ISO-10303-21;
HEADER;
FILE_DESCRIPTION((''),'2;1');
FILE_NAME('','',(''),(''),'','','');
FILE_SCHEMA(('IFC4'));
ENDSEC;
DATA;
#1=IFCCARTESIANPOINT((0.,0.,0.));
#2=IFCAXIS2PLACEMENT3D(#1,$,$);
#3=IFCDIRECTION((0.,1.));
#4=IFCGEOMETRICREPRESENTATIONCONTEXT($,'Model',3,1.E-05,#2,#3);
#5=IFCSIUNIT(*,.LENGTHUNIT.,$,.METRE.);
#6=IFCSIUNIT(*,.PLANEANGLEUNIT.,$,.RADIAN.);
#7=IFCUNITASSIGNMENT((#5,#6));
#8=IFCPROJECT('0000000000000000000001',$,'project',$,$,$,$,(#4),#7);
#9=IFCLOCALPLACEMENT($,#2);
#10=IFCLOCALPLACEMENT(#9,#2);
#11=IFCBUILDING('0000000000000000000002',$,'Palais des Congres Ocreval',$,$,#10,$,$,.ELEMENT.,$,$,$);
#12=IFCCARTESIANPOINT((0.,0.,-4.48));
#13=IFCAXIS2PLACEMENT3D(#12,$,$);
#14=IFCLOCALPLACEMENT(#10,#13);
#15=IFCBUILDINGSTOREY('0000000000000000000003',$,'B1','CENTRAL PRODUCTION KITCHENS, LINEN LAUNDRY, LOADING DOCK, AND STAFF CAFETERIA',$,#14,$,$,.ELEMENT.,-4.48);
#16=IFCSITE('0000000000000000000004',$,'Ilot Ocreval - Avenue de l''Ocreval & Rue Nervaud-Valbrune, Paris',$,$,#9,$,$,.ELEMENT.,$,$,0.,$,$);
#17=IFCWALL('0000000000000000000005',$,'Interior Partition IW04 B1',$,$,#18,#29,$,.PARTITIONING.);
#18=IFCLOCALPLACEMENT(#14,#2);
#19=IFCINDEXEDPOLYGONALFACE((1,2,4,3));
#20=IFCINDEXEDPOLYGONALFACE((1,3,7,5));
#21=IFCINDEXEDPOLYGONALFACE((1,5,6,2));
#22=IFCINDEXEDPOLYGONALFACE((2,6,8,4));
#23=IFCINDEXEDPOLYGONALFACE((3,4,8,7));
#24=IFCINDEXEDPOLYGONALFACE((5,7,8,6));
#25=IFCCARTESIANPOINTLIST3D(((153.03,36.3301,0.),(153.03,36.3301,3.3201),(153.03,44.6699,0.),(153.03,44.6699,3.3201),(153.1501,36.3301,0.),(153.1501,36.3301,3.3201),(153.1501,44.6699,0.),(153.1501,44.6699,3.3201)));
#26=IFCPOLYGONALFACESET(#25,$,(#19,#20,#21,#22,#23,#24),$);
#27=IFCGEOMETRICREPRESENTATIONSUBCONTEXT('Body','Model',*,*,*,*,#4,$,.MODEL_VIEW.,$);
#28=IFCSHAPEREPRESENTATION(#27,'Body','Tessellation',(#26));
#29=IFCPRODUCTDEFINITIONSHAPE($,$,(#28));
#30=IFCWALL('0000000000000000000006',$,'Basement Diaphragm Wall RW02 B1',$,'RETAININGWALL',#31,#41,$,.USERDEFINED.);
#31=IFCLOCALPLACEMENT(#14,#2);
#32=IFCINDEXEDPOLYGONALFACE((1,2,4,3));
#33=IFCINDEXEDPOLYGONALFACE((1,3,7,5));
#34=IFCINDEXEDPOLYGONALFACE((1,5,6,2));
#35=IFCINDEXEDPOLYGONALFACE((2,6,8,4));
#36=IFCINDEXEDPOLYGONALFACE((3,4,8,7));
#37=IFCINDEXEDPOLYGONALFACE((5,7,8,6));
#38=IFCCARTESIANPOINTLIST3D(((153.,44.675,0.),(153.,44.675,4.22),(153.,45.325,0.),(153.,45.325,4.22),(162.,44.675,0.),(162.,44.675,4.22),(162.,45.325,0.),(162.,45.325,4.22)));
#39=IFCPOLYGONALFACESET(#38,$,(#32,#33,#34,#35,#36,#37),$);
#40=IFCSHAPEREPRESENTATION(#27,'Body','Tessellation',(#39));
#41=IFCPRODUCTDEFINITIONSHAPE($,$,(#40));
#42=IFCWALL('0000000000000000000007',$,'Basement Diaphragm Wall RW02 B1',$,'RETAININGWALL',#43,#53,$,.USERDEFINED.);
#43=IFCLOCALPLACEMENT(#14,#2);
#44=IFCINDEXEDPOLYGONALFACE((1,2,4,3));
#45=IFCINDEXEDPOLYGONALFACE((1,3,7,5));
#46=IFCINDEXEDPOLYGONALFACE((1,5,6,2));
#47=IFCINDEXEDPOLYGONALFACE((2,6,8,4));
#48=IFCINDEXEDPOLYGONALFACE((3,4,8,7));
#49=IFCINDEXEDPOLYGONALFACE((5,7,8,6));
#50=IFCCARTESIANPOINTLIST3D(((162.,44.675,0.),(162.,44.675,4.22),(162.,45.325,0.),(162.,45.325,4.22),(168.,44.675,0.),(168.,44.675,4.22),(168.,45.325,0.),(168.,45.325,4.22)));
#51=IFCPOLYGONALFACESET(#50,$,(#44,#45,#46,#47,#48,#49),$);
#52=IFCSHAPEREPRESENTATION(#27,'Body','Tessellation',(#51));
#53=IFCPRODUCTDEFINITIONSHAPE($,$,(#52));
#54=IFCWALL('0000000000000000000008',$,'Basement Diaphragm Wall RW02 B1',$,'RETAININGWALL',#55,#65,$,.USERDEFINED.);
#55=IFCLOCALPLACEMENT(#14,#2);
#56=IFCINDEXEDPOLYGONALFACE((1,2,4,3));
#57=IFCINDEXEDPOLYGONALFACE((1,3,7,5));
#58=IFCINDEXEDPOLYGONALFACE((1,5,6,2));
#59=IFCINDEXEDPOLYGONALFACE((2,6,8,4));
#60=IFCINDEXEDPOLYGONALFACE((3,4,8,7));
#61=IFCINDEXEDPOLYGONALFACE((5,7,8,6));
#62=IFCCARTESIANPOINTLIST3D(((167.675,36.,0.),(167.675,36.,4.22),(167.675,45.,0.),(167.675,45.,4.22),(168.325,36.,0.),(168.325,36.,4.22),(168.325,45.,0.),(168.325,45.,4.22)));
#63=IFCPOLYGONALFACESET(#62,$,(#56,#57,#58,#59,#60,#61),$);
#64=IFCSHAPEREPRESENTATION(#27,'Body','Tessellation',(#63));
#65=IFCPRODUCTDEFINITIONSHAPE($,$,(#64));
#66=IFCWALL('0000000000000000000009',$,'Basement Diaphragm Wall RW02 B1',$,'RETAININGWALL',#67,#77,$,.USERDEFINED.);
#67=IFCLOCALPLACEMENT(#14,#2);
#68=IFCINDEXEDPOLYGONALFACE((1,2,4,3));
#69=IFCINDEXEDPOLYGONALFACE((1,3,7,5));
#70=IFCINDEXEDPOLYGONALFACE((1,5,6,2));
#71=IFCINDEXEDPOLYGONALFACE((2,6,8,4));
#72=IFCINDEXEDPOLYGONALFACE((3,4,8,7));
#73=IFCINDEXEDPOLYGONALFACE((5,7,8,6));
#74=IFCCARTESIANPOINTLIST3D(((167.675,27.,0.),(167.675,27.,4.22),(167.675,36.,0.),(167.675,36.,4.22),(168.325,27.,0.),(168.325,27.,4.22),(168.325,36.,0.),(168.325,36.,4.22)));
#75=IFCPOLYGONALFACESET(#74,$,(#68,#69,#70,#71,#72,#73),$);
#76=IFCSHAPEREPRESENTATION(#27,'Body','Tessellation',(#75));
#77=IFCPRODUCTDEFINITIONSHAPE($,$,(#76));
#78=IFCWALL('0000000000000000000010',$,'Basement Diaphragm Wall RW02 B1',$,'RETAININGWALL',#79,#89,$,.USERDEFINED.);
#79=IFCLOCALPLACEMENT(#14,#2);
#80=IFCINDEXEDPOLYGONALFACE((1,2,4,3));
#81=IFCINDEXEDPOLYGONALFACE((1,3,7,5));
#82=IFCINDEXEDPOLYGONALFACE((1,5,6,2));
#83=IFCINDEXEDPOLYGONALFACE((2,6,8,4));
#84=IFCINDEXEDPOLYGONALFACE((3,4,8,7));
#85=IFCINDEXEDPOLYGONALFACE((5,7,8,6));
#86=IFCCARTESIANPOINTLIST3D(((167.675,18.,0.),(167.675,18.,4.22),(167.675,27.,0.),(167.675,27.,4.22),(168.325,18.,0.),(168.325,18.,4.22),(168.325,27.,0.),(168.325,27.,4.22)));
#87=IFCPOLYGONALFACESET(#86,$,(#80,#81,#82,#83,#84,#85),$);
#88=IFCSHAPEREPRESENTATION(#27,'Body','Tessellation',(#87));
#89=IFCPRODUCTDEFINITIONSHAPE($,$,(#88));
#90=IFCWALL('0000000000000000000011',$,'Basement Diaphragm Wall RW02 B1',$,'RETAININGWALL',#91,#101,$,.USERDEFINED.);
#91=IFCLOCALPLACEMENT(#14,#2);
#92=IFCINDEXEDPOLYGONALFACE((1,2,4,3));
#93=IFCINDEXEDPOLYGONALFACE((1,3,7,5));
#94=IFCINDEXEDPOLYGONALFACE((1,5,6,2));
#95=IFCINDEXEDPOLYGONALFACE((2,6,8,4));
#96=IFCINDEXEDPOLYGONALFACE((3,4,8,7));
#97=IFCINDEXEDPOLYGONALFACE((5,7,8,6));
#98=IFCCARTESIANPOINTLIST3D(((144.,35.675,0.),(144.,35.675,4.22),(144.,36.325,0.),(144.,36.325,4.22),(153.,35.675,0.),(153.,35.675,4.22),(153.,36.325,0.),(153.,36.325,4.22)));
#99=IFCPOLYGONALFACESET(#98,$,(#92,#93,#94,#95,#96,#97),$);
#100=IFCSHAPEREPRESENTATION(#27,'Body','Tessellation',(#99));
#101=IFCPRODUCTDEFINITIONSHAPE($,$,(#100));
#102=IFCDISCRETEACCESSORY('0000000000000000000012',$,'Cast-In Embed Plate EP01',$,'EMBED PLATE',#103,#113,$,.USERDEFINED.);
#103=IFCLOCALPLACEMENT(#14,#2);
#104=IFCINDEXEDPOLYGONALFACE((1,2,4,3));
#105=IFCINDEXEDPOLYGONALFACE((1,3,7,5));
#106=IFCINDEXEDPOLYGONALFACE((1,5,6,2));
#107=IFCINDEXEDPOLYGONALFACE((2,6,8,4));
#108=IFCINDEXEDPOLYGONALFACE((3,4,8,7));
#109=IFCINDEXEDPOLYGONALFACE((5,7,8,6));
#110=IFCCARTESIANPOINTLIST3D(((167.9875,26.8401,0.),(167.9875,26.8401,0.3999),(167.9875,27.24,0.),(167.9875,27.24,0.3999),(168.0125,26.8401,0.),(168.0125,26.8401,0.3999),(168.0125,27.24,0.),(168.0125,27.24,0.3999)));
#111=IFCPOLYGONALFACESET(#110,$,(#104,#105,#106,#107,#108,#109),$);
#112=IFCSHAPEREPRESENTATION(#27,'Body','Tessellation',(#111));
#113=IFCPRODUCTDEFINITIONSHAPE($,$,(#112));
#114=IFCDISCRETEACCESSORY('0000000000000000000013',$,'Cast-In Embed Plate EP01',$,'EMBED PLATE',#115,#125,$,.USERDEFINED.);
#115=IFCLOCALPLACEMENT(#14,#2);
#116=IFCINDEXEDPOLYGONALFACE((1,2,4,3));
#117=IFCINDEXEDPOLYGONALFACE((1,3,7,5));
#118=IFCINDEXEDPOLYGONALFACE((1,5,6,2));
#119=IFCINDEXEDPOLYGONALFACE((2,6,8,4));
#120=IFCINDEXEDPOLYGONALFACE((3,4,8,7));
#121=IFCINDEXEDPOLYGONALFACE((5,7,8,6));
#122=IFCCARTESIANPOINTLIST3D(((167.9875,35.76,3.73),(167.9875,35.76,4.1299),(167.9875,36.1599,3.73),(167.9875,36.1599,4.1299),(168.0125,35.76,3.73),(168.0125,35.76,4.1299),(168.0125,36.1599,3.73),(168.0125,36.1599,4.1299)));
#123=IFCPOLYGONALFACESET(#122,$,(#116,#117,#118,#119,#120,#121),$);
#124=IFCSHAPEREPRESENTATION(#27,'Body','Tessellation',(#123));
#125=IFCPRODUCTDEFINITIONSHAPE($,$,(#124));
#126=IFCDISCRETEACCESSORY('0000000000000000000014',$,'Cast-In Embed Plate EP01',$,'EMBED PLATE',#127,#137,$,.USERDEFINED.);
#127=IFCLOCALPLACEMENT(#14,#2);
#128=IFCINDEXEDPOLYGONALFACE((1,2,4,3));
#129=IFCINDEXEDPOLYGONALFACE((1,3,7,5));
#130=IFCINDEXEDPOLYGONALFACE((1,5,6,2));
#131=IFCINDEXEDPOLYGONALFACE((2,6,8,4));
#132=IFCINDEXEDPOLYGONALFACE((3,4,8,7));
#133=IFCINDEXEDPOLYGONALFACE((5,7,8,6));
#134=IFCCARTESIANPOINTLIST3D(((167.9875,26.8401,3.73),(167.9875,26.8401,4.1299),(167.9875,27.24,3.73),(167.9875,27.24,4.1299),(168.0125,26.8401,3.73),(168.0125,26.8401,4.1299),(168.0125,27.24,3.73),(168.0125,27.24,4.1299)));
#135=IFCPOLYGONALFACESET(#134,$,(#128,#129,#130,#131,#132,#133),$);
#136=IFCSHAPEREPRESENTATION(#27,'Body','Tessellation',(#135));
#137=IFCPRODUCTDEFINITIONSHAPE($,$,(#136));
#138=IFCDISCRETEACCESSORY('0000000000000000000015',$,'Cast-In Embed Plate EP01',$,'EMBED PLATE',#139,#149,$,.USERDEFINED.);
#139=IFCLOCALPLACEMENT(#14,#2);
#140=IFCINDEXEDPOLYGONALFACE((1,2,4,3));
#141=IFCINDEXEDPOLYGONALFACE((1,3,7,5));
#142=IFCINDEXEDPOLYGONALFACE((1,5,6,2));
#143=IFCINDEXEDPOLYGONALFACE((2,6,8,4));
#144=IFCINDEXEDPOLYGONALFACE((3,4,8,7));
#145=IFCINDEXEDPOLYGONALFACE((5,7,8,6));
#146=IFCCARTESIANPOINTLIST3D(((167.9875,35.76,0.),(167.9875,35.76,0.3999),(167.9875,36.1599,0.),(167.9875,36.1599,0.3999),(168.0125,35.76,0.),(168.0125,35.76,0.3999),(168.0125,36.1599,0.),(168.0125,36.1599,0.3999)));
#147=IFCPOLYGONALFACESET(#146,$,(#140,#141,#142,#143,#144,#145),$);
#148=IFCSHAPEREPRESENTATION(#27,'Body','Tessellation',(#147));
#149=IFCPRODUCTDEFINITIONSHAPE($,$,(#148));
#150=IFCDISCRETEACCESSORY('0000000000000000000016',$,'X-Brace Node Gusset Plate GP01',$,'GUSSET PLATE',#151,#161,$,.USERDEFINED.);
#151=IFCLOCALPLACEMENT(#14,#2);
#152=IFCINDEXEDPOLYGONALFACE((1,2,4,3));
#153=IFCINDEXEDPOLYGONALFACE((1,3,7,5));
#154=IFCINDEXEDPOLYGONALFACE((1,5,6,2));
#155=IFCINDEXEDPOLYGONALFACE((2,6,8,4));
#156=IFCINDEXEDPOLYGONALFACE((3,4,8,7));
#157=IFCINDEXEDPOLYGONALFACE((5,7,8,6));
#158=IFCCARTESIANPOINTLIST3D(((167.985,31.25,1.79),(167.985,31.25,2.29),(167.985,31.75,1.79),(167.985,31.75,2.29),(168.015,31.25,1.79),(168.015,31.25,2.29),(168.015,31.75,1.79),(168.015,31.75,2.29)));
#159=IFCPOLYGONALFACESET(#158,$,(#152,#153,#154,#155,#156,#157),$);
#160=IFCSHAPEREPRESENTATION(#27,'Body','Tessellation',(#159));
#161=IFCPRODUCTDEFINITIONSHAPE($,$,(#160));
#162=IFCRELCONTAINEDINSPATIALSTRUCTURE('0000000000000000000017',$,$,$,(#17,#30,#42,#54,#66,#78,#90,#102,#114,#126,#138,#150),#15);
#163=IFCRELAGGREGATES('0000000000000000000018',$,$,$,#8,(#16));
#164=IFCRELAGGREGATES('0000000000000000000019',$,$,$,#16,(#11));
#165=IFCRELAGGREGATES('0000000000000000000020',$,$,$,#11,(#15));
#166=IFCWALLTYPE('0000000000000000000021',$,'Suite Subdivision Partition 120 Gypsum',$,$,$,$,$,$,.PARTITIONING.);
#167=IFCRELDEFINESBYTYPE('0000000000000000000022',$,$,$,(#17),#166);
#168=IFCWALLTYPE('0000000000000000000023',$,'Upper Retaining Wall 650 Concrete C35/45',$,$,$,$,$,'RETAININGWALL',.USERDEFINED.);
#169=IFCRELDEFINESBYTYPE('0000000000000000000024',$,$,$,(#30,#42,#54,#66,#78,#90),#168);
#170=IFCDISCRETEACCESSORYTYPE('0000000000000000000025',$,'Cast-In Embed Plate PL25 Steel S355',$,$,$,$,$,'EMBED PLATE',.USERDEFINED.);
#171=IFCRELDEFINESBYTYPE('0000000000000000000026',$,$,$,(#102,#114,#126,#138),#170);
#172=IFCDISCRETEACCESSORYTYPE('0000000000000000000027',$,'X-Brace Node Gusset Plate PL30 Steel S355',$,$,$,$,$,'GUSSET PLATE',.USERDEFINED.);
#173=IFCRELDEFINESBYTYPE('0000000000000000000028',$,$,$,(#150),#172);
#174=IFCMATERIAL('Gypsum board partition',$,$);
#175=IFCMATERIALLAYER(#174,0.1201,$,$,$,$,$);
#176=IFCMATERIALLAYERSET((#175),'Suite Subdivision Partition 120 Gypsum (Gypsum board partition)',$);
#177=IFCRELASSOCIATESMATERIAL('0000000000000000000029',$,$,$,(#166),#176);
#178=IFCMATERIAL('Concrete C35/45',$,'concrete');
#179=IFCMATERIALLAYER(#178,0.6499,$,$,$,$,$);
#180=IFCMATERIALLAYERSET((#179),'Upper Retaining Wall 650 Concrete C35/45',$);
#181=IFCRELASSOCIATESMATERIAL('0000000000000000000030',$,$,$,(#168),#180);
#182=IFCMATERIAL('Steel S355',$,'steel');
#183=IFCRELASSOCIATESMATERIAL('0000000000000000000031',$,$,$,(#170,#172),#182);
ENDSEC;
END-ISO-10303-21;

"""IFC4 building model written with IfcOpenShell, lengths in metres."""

from ifc_helpers import new_model, si_unit, direction, frame, frame_2d, origin, origin_2d, place, context, subcontext, project, spatial, rectangle, extrude, material, layer, layer_set, type_object, element, save


model = new_model("IFC4")

# Units and contexts
model_context = context("Model", 3, precision=1e-05, world=origin(), true_north=direction((0.0, 1.0)))
body_context = subcontext(model_context, "Body", "Model", "MODEL_VIEW")
ifc_project = project(units=[si_unit("LENGTHUNIT", "METRE"), si_unit("PLANEANGLEUNIT", "RADIAN")], contexts=[model_context])

# Site, building, storey
site_placement = place(None, origin())
site = spatial("IfcSite", under=ifc_project, at=site_placement, Name="Ilot Ocreval - Avenue de l'Ocreval & Rue Nervaud-Valbrune, Paris", CompositionType="ELEMENT", RefElevation=0.0)
building_placement = place(site_placement, origin())
building = spatial("IfcBuilding", under=site, at=building_placement, Name="Palais des Congres Ocreval", CompositionType="ELEMENT")
storey_placement = place(building_placement, frame((0.0, 0.0, -4.48)))
storey = spatial("IfcBuildingStorey", under=building, at=storey_placement, Name="B1", Description="CENTRAL PRODUCTION KITCHENS, LINEN LAUNDRY, LOADING DOCK, AND STAFF CAFETERIA", CompositionType="ELEMENT", Elevation=-4.48)

# Shared definitions
ifc_material_1 = material(Name="Steel S355", Category="steel")

# Shared definitions
ifc_material_2 = material(Name="Concrete C35/45", Category="concrete")

# Walls
ifc_material_3 = material(Name="Gypsum board partition")
ifc_layer_1 = layer(ifc_material_3, 0.1201)
ifc_layer_set_1 = layer_set([ifc_layer_1], Name="Suite Subdivision Partition 120 Gypsum (Gypsum board partition)")
wall_type_1 = type_object("IfcWallType", Name="Suite Subdivision Partition 120 Gypsum", PredefinedType="PARTITIONING", material=ifc_layer_set_1)
wall_1_placement = place(storey_placement, frame((153.0901, 36.3301, 0.0), z_axis=(0.0, 0.0, 1.0), x_axis=(0.0, 1.0, 0.0)))
element("IfcWall", 1, at=wall_1_placement, inside=storey, type_object=wall_type_1, Name="Interior Partition IW04 B1", PredefinedType="PARTITIONING", context=body_context, shape_type="SweptSolid", body=[
    extrude(rectangle(XDim=8.3398, YDim=0.1201, at=frame_2d((4.1699, 0.0))), origin(), (0.0, 0.0, 1.0), 3.3201),
])
ifc_layer_2 = layer(ifc_material_2, 0.6499)
ifc_layer_set_2 = layer_set([ifc_layer_2], Name="Upper Retaining Wall 650 Concrete C35/45")
wall_type_2 = type_object("IfcWallType", Name="Upper Retaining Wall 650 Concrete C35/45", ElementType="RETAININGWALL", PredefinedType="USERDEFINED", material=ifc_layer_set_2)
wall_2_placement = place(storey_placement, frame((153.0, 45.0, 0.0), z_axis=(0.0, 0.0, 1.0), x_axis=(1.0, 0.0, 0.0)))
element("IfcWall", 2, at=wall_2_placement, inside=storey, type_object=wall_type_2, Name="Basement Diaphragm Wall RW02 B1", ObjectType="RETAININGWALL", PredefinedType="USERDEFINED", context=body_context, shape_type="SweptSolid", body=[
    extrude(rectangle(XDim=9.0, YDim=0.6499, at=frame_2d((4.5, 0.0))), origin(), (0.0, 0.0, 1.0), 4.22),
])
wall_3_placement = place(storey_placement, frame((162.0, 45.0, 0.0), z_axis=(0.0, 0.0, 1.0), x_axis=(1.0, 0.0, 0.0)))
element("IfcWall", 3, at=wall_3_placement, inside=storey, type_object=wall_type_2, Name="Basement Diaphragm Wall RW02 B1", ObjectType="RETAININGWALL", PredefinedType="USERDEFINED", context=body_context, shape_type="SweptSolid", body=[
    extrude(rectangle(XDim=6.0, YDim=0.6499, at=frame_2d((3.0, 0.0))), origin(), (0.0, 0.0, 1.0), 4.22),
])
for number, where, z_axis, x_axis, name in (
    (4, (168.0, 45.0, 0.0), (0.0, 0.0, 1.0), (0.0, -1.0, 0.0), "Basement Diaphragm Wall RW02 B1"),
    (5, (168.0, 36.0, 0.0), (0.0, 0.0, 1.0), (0.0, -1.0, 0.0), "Basement Diaphragm Wall RW02 B1"),
    (6, (168.0, 27.0, 0.0), (0.0, 0.0, 1.0), (0.0, -1.0, 0.0), "Basement Diaphragm Wall RW02 B1"),
    (7, (153.0, 36.0, 0.0), (0.0, 0.0, 1.0), (-1.0, 0.0, 0.0), "Basement Diaphragm Wall RW02 B1"),
):
    element("IfcWall", number, at=place(storey_placement, frame(where, z_axis=z_axis, x_axis=x_axis)), inside=storey, type_object=wall_type_2, Name=name, ObjectType="RETAININGWALL", PredefinedType="USERDEFINED", context=body_context, shape_type="SweptSolid", body=[
        extrude(rectangle(XDim=9.0, YDim=0.6499, at=frame_2d((4.5, 0.0))), origin(), (0.0, 0.0, 1.0), 4.22),
    ])

# Discrete accessories
discrete_accessory_type_1 = type_object("IfcDiscreteAccessoryType", Name="Cast-In Embed Plate PL25 Steel S355", ElementType="EMBED PLATE", PredefinedType="USERDEFINED", material=ifc_material_1)
for number, where, z_axis, x_axis, name in (
    (8, (168.0, 27.04, 0.0), (0.0, 0.0, 1.0), (0.0, -1.0, 0.0), "Cast-In Embed Plate EP01"),
    (9, (168.0, 35.96, 3.73), (0.0, 0.0, 1.0), (0.0, -1.0, 0.0), "Cast-In Embed Plate EP01"),
    (10, (168.0, 27.04, 3.73), (0.0, 0.0, 1.0), (0.0, -1.0, 0.0), "Cast-In Embed Plate EP01"),
    (11, (168.0, 35.96, 0.0), (0.0, 0.0, 1.0), (0.0, -1.0, 0.0), "Cast-In Embed Plate EP01"),
):
    element("IfcDiscreteAccessory", number, at=place(storey_placement, frame(where, z_axis=z_axis, x_axis=x_axis)), inside=storey, type_object=discrete_accessory_type_1, Name=name, ObjectType="EMBED PLATE", PredefinedType="USERDEFINED", context=body_context, shape_type="SweptSolid", body=[
        extrude(rectangle(XDim=0.3999, YDim=0.0249, at=origin_2d()), origin(), (0.0, 0.0, 1.0), 0.3999),
    ])
discrete_accessory_type_2 = type_object("IfcDiscreteAccessoryType", Name="X-Brace Node Gusset Plate PL30 Steel S355", ElementType="GUSSET PLATE", PredefinedType="USERDEFINED", material=ifc_material_1)
discrete_accessory_placement = place(storey_placement, frame((168.0, 31.5, 1.79), z_axis=(0.0, 0.0, 1.0), x_axis=(0.0, 1.0, 0.0)))
element("IfcDiscreteAccessory", 12, at=discrete_accessory_placement, inside=storey, type_object=discrete_accessory_type_2, Name="X-Brace Node Gusset Plate GP01", ObjectType="GUSSET PLATE", PredefinedType="USERDEFINED", context=body_context, shape_type="SweptSolid", body=[
    extrude(rectangle(XDim=0.5, YDim=0.03, at=origin_2d()), origin(), (0.0, 0.0, 1.0), 0.5),
])

save(model, "model.ifc")
